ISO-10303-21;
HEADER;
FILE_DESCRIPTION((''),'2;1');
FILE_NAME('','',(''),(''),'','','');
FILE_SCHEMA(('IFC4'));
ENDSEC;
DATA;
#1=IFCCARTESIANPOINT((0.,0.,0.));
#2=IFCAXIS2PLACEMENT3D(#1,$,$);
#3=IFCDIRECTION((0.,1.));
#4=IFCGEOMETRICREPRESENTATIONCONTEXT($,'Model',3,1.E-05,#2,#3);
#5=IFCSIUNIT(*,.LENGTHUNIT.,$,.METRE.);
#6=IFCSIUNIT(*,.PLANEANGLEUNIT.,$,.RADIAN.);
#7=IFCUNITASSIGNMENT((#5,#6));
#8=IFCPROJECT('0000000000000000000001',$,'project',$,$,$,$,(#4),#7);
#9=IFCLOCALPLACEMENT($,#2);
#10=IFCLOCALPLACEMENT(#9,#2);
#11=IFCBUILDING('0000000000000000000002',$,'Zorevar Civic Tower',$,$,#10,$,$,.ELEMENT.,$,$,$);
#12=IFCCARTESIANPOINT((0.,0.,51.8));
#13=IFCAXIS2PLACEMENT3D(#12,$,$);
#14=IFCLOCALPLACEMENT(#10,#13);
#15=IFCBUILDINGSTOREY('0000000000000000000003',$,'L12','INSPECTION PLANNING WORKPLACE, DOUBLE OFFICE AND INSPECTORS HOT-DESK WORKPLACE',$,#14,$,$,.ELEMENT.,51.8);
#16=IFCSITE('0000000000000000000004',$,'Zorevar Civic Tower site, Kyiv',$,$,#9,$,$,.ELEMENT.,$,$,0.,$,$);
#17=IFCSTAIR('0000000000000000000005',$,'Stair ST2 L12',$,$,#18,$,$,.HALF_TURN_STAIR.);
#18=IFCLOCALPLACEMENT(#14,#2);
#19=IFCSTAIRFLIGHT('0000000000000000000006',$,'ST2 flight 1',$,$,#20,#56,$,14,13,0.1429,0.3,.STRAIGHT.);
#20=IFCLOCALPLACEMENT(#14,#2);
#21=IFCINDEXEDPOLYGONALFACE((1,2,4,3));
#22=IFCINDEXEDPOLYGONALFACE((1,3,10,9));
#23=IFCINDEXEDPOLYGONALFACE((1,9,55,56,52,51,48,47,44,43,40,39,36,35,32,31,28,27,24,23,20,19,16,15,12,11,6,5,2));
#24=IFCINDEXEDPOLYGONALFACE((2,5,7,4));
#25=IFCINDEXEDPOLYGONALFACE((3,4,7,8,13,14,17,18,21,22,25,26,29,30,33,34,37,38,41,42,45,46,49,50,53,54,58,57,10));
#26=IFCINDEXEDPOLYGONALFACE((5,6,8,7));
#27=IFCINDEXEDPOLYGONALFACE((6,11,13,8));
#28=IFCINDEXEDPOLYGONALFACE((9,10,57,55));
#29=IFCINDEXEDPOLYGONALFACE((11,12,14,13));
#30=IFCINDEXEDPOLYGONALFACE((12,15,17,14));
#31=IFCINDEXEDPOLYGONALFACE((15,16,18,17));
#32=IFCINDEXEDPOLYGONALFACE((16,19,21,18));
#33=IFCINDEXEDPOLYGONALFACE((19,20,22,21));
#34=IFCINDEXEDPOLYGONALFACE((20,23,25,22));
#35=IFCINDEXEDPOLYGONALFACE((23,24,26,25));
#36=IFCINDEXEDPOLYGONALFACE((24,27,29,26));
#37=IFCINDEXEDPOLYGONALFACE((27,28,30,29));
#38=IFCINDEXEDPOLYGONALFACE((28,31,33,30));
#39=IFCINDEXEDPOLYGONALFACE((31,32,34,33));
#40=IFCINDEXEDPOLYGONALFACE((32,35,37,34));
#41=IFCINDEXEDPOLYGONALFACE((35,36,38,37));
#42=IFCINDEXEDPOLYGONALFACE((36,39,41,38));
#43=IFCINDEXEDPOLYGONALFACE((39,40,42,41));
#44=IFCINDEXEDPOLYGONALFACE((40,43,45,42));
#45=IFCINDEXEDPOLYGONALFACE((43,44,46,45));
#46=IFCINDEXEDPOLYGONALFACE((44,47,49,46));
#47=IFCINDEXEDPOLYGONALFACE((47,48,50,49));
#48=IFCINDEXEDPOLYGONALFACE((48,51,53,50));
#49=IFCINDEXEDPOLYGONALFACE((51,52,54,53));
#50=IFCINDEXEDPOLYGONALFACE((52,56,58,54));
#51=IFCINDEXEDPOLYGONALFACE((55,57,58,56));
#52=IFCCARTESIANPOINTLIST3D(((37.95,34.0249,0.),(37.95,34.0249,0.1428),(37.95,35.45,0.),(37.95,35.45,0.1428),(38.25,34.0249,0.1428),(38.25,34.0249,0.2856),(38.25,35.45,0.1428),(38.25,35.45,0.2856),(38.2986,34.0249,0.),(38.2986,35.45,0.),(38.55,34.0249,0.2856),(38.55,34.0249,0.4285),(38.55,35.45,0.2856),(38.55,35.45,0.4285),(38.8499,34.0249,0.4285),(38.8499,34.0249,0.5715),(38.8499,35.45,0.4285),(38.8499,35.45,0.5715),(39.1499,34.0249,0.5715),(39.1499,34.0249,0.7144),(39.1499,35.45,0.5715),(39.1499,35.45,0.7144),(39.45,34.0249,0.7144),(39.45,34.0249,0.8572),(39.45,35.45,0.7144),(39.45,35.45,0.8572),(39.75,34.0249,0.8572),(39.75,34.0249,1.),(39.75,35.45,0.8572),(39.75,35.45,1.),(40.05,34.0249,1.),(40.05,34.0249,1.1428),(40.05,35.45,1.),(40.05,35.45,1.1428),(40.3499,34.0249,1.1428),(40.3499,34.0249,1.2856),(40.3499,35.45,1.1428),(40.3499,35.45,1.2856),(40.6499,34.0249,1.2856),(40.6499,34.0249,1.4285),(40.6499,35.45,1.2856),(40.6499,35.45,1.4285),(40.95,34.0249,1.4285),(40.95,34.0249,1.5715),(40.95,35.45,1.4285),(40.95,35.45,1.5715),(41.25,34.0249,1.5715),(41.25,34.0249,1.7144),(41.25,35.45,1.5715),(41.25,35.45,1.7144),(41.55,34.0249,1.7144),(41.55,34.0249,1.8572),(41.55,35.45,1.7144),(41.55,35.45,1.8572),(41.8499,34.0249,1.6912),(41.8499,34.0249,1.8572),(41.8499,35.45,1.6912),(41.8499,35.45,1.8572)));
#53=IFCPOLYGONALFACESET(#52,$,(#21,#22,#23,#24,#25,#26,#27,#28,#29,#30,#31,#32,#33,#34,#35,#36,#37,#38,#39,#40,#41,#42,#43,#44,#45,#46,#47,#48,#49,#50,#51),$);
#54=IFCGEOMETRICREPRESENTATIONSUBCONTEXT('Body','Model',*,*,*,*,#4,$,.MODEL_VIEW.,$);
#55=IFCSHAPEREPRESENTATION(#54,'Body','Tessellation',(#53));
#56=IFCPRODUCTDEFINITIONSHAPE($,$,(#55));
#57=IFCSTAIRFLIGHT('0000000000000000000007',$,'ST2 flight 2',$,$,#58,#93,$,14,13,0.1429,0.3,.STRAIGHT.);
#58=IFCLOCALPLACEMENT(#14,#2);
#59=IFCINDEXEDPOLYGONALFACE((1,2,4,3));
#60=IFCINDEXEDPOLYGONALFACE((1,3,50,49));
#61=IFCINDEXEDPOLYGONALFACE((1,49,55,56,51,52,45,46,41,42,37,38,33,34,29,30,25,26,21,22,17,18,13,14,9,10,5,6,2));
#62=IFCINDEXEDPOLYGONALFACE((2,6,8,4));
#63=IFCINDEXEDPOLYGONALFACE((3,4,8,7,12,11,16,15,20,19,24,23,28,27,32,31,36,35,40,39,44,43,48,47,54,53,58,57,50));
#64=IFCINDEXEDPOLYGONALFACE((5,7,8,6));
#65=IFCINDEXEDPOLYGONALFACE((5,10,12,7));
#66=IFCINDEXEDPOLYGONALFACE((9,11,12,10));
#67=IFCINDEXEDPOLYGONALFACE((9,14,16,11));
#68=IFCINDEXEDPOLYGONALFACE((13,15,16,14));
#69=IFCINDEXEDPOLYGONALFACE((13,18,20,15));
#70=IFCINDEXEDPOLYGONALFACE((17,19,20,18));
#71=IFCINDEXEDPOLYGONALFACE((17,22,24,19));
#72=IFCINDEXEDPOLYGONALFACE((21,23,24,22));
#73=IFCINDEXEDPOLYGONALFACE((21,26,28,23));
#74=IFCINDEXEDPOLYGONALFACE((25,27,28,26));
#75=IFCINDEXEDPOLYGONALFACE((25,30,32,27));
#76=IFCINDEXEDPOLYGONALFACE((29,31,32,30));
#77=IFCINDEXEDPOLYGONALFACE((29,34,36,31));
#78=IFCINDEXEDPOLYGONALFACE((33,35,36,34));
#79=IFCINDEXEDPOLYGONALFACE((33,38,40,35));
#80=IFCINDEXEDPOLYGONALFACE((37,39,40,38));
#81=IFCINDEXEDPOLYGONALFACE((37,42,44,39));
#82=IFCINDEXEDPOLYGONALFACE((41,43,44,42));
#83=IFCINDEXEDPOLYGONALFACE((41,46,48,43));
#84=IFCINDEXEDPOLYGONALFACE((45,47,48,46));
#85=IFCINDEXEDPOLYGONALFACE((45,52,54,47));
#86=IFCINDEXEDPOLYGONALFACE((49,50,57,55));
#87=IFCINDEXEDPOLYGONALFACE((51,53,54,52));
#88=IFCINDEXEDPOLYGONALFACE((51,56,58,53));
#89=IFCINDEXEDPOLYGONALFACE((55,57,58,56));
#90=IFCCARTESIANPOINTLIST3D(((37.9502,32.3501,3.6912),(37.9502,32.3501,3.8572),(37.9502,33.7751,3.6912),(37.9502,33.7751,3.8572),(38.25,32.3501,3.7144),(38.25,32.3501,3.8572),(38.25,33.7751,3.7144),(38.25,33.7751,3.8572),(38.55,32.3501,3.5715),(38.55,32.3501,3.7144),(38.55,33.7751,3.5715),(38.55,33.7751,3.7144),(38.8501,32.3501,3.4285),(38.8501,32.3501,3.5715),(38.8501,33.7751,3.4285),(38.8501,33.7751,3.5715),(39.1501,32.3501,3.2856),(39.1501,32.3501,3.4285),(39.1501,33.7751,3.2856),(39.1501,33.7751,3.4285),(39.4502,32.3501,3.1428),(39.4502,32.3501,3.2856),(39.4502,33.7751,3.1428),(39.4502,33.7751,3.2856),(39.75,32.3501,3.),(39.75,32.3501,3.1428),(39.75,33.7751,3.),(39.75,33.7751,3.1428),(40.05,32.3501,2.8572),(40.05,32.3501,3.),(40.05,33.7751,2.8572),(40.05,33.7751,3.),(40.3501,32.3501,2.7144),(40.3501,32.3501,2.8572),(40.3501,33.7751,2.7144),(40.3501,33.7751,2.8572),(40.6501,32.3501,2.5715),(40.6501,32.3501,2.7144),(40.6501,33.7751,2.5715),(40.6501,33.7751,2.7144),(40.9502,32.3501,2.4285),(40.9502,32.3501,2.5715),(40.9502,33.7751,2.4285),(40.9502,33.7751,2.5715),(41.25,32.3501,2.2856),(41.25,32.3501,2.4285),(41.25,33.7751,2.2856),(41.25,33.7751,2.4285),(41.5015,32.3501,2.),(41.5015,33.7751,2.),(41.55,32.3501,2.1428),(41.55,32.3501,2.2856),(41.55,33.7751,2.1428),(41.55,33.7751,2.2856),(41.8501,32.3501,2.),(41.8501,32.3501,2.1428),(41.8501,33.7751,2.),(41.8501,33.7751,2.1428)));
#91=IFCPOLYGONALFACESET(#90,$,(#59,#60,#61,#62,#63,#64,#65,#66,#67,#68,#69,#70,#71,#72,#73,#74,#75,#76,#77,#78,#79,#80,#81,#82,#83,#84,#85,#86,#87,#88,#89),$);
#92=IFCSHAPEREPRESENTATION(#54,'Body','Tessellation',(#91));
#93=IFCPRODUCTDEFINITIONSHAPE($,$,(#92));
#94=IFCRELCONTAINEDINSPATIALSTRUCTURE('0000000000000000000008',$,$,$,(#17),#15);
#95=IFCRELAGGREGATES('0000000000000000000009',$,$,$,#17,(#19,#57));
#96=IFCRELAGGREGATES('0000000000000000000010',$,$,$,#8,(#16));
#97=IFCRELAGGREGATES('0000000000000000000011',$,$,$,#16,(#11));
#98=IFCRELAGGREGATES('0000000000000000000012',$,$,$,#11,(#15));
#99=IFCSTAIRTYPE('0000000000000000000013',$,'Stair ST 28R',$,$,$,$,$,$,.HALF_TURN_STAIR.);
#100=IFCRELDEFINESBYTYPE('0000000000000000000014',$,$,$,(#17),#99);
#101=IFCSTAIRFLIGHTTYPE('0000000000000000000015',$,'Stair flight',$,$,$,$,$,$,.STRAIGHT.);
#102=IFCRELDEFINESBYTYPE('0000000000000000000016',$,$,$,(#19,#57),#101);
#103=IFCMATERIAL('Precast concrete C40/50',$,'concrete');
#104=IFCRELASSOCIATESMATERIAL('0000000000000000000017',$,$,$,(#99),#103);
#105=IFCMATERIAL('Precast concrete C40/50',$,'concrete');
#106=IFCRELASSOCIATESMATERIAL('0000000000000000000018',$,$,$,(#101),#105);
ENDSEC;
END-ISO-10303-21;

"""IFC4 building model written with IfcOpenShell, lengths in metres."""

from ifc_helpers import new_model, si_unit, direction, frame, origin, place, context, subcontext, project, spatial, polyline, outline, extrude, material, type_object, element, aggregate, save


model = new_model("IFC4")

# Units and contexts
model_context = context("Model", 3, precision=1e-05, world=origin(), true_north=direction((0.0, 1.0)))
body_context = subcontext(model_context, "Body", "Model", "MODEL_VIEW")
ifc_project = project(units=[si_unit("LENGTHUNIT", "METRE"), si_unit("PLANEANGLEUNIT", "RADIAN")], contexts=[model_context])

# Site, building, storey
site_placement = place(None, origin())
site = spatial("IfcSite", under=ifc_project, at=site_placement, Name="Zorevar Civic Tower site, Kyiv", CompositionType="ELEMENT", RefElevation=0.0)
building_placement = place(site_placement, origin())
building = spatial("IfcBuilding", under=site, at=building_placement, Name="Zorevar Civic Tower", CompositionType="ELEMENT")
storey_placement = place(building_placement, frame((0.0, 0.0, 51.8)))
storey = spatial("IfcBuildingStorey", under=building, at=storey_placement, Name="L12", Description="INSPECTION PLANNING WORKPLACE, DOUBLE OFFICE AND INSPECTORS HOT-DESK WORKPLACE", CompositionType="ELEMENT", Elevation=51.8)

# Stair, stair flights
ifc_material_1 = material(Name="Precast concrete C40/50", Category="concrete")
stair_type = type_object("IfcStairType", Name="Stair ST 28R", PredefinedType="HALF_TURN_STAIR", material=ifc_material_1)
stair_placement = place(storey_placement, origin())
stair = element("IfcStair", 1, at=stair_placement, inside=storey, type_object=stair_type, Name="Stair ST2 L12", PredefinedType="HALF_TURN_STAIR")
ifc_material_2 = material(Name="Precast concrete C40/50", Category="concrete")
stair_flight_type = type_object("IfcStairFlightType", Name="Stair flight", PredefinedType="STRAIGHT", material=ifc_material_2)
stair_flight_1_placement = place(storey_placement, frame((37.95, 34.7375, 0.0), z_axis=(0.0, 0.0, 1.0), x_axis=(1.0, 0.0, 0.0)))
stair_flight_1 = element("IfcStairFlight", 2, at=stair_flight_1_placement, type_object=stair_flight_type, Name="ST2 flight 1", NumberOfRisers=14, NumberOfTreads=13, PredefinedType="STRAIGHT", RiserHeight=0.1429, TreadLength=0.3, context=body_context, shape_type="SweptSolid", body=[
    extrude(outline(polyline([(0.0, 0.0), (0.0, 0.1428), (0.3, 0.1428), (0.3, 0.2856), (0.6001, 0.2856), (0.6001, 0.4285), (0.8999, 0.4285), (0.8999, 0.5715), (1.2, 0.5715), (1.2, 0.7144), (1.5, 0.7144), (1.5, 0.8572), (1.8, 0.8572), (1.8, 1.0), (2.1001, 1.0), (2.1001, 1.1428), (2.3999, 1.1428), (2.3999, 1.2856), (2.7, 1.2856), (2.7, 1.4285), (3.0, 1.4285), (3.0, 1.5715), (3.3, 1.5715), (3.3, 1.7144), (3.6001, 1.7144), (3.6001, 1.8572), (3.8999, 1.8572), (3.8999, 2.0), (3.8999, 1.6912), (0.3486, 0.0), (0.0, 0.0)])), frame((0.0, 0.7124, 0.0), z_axis=(0.0, -1.0, 0.0), x_axis=(1.0, 0.0, 0.0)), (0.0, 0.0, 1.0), 1.425),
])
stair_flight_2_placement = place(storey_placement, frame((41.8501, 33.0625, 2.0), z_axis=(0.0, 0.0, 1.0), x_axis=(-1.0, 0.0, 0.0)))
stair_flight_2 = element("IfcStairFlight", 3, at=stair_flight_2_placement, type_object=stair_flight_type, Name="ST2 flight 2", NumberOfRisers=14, NumberOfTreads=13, PredefinedType="STRAIGHT", RiserHeight=0.1429, TreadLength=0.3, context=body_context, shape_type="SweptSolid", body=[
    extrude(outline(polyline([(0.0, 0.0), (0.0, 0.1428), (0.3, 0.1428), (0.3, 0.2856), (0.6001, 0.2856), (0.6001, 0.4285), (0.8999, 0.4285), (0.8999, 0.5715), (1.2, 0.5715), (1.2, 0.7144), (1.5, 0.7144), (1.5, 0.8572), (1.8, 0.8572), (1.8, 1.0), (2.1001, 1.0), (2.1001, 1.1428), (2.3999, 1.1428), (2.3999, 1.2856), (2.7, 1.2856), (2.7, 1.4285), (3.0, 1.4285), (3.0, 1.5715), (3.3, 1.5715), (3.3, 1.7144), (3.6001, 1.7144), (3.6001, 1.8572), (3.8999, 1.8572), (3.8999, 2.0), (3.8999, 1.6912), (0.3486, 0.0), (0.0, 0.0)])), frame((0.0, 0.7124, 0.0), z_axis=(0.0, -1.0, 0.0), x_axis=(1.0, 0.0, 0.0)), (0.0, 0.0, 1.0), 1.425),
])
aggregate(stair, [stair_flight_1, stair_flight_2])

save(model, "model.ifc")
